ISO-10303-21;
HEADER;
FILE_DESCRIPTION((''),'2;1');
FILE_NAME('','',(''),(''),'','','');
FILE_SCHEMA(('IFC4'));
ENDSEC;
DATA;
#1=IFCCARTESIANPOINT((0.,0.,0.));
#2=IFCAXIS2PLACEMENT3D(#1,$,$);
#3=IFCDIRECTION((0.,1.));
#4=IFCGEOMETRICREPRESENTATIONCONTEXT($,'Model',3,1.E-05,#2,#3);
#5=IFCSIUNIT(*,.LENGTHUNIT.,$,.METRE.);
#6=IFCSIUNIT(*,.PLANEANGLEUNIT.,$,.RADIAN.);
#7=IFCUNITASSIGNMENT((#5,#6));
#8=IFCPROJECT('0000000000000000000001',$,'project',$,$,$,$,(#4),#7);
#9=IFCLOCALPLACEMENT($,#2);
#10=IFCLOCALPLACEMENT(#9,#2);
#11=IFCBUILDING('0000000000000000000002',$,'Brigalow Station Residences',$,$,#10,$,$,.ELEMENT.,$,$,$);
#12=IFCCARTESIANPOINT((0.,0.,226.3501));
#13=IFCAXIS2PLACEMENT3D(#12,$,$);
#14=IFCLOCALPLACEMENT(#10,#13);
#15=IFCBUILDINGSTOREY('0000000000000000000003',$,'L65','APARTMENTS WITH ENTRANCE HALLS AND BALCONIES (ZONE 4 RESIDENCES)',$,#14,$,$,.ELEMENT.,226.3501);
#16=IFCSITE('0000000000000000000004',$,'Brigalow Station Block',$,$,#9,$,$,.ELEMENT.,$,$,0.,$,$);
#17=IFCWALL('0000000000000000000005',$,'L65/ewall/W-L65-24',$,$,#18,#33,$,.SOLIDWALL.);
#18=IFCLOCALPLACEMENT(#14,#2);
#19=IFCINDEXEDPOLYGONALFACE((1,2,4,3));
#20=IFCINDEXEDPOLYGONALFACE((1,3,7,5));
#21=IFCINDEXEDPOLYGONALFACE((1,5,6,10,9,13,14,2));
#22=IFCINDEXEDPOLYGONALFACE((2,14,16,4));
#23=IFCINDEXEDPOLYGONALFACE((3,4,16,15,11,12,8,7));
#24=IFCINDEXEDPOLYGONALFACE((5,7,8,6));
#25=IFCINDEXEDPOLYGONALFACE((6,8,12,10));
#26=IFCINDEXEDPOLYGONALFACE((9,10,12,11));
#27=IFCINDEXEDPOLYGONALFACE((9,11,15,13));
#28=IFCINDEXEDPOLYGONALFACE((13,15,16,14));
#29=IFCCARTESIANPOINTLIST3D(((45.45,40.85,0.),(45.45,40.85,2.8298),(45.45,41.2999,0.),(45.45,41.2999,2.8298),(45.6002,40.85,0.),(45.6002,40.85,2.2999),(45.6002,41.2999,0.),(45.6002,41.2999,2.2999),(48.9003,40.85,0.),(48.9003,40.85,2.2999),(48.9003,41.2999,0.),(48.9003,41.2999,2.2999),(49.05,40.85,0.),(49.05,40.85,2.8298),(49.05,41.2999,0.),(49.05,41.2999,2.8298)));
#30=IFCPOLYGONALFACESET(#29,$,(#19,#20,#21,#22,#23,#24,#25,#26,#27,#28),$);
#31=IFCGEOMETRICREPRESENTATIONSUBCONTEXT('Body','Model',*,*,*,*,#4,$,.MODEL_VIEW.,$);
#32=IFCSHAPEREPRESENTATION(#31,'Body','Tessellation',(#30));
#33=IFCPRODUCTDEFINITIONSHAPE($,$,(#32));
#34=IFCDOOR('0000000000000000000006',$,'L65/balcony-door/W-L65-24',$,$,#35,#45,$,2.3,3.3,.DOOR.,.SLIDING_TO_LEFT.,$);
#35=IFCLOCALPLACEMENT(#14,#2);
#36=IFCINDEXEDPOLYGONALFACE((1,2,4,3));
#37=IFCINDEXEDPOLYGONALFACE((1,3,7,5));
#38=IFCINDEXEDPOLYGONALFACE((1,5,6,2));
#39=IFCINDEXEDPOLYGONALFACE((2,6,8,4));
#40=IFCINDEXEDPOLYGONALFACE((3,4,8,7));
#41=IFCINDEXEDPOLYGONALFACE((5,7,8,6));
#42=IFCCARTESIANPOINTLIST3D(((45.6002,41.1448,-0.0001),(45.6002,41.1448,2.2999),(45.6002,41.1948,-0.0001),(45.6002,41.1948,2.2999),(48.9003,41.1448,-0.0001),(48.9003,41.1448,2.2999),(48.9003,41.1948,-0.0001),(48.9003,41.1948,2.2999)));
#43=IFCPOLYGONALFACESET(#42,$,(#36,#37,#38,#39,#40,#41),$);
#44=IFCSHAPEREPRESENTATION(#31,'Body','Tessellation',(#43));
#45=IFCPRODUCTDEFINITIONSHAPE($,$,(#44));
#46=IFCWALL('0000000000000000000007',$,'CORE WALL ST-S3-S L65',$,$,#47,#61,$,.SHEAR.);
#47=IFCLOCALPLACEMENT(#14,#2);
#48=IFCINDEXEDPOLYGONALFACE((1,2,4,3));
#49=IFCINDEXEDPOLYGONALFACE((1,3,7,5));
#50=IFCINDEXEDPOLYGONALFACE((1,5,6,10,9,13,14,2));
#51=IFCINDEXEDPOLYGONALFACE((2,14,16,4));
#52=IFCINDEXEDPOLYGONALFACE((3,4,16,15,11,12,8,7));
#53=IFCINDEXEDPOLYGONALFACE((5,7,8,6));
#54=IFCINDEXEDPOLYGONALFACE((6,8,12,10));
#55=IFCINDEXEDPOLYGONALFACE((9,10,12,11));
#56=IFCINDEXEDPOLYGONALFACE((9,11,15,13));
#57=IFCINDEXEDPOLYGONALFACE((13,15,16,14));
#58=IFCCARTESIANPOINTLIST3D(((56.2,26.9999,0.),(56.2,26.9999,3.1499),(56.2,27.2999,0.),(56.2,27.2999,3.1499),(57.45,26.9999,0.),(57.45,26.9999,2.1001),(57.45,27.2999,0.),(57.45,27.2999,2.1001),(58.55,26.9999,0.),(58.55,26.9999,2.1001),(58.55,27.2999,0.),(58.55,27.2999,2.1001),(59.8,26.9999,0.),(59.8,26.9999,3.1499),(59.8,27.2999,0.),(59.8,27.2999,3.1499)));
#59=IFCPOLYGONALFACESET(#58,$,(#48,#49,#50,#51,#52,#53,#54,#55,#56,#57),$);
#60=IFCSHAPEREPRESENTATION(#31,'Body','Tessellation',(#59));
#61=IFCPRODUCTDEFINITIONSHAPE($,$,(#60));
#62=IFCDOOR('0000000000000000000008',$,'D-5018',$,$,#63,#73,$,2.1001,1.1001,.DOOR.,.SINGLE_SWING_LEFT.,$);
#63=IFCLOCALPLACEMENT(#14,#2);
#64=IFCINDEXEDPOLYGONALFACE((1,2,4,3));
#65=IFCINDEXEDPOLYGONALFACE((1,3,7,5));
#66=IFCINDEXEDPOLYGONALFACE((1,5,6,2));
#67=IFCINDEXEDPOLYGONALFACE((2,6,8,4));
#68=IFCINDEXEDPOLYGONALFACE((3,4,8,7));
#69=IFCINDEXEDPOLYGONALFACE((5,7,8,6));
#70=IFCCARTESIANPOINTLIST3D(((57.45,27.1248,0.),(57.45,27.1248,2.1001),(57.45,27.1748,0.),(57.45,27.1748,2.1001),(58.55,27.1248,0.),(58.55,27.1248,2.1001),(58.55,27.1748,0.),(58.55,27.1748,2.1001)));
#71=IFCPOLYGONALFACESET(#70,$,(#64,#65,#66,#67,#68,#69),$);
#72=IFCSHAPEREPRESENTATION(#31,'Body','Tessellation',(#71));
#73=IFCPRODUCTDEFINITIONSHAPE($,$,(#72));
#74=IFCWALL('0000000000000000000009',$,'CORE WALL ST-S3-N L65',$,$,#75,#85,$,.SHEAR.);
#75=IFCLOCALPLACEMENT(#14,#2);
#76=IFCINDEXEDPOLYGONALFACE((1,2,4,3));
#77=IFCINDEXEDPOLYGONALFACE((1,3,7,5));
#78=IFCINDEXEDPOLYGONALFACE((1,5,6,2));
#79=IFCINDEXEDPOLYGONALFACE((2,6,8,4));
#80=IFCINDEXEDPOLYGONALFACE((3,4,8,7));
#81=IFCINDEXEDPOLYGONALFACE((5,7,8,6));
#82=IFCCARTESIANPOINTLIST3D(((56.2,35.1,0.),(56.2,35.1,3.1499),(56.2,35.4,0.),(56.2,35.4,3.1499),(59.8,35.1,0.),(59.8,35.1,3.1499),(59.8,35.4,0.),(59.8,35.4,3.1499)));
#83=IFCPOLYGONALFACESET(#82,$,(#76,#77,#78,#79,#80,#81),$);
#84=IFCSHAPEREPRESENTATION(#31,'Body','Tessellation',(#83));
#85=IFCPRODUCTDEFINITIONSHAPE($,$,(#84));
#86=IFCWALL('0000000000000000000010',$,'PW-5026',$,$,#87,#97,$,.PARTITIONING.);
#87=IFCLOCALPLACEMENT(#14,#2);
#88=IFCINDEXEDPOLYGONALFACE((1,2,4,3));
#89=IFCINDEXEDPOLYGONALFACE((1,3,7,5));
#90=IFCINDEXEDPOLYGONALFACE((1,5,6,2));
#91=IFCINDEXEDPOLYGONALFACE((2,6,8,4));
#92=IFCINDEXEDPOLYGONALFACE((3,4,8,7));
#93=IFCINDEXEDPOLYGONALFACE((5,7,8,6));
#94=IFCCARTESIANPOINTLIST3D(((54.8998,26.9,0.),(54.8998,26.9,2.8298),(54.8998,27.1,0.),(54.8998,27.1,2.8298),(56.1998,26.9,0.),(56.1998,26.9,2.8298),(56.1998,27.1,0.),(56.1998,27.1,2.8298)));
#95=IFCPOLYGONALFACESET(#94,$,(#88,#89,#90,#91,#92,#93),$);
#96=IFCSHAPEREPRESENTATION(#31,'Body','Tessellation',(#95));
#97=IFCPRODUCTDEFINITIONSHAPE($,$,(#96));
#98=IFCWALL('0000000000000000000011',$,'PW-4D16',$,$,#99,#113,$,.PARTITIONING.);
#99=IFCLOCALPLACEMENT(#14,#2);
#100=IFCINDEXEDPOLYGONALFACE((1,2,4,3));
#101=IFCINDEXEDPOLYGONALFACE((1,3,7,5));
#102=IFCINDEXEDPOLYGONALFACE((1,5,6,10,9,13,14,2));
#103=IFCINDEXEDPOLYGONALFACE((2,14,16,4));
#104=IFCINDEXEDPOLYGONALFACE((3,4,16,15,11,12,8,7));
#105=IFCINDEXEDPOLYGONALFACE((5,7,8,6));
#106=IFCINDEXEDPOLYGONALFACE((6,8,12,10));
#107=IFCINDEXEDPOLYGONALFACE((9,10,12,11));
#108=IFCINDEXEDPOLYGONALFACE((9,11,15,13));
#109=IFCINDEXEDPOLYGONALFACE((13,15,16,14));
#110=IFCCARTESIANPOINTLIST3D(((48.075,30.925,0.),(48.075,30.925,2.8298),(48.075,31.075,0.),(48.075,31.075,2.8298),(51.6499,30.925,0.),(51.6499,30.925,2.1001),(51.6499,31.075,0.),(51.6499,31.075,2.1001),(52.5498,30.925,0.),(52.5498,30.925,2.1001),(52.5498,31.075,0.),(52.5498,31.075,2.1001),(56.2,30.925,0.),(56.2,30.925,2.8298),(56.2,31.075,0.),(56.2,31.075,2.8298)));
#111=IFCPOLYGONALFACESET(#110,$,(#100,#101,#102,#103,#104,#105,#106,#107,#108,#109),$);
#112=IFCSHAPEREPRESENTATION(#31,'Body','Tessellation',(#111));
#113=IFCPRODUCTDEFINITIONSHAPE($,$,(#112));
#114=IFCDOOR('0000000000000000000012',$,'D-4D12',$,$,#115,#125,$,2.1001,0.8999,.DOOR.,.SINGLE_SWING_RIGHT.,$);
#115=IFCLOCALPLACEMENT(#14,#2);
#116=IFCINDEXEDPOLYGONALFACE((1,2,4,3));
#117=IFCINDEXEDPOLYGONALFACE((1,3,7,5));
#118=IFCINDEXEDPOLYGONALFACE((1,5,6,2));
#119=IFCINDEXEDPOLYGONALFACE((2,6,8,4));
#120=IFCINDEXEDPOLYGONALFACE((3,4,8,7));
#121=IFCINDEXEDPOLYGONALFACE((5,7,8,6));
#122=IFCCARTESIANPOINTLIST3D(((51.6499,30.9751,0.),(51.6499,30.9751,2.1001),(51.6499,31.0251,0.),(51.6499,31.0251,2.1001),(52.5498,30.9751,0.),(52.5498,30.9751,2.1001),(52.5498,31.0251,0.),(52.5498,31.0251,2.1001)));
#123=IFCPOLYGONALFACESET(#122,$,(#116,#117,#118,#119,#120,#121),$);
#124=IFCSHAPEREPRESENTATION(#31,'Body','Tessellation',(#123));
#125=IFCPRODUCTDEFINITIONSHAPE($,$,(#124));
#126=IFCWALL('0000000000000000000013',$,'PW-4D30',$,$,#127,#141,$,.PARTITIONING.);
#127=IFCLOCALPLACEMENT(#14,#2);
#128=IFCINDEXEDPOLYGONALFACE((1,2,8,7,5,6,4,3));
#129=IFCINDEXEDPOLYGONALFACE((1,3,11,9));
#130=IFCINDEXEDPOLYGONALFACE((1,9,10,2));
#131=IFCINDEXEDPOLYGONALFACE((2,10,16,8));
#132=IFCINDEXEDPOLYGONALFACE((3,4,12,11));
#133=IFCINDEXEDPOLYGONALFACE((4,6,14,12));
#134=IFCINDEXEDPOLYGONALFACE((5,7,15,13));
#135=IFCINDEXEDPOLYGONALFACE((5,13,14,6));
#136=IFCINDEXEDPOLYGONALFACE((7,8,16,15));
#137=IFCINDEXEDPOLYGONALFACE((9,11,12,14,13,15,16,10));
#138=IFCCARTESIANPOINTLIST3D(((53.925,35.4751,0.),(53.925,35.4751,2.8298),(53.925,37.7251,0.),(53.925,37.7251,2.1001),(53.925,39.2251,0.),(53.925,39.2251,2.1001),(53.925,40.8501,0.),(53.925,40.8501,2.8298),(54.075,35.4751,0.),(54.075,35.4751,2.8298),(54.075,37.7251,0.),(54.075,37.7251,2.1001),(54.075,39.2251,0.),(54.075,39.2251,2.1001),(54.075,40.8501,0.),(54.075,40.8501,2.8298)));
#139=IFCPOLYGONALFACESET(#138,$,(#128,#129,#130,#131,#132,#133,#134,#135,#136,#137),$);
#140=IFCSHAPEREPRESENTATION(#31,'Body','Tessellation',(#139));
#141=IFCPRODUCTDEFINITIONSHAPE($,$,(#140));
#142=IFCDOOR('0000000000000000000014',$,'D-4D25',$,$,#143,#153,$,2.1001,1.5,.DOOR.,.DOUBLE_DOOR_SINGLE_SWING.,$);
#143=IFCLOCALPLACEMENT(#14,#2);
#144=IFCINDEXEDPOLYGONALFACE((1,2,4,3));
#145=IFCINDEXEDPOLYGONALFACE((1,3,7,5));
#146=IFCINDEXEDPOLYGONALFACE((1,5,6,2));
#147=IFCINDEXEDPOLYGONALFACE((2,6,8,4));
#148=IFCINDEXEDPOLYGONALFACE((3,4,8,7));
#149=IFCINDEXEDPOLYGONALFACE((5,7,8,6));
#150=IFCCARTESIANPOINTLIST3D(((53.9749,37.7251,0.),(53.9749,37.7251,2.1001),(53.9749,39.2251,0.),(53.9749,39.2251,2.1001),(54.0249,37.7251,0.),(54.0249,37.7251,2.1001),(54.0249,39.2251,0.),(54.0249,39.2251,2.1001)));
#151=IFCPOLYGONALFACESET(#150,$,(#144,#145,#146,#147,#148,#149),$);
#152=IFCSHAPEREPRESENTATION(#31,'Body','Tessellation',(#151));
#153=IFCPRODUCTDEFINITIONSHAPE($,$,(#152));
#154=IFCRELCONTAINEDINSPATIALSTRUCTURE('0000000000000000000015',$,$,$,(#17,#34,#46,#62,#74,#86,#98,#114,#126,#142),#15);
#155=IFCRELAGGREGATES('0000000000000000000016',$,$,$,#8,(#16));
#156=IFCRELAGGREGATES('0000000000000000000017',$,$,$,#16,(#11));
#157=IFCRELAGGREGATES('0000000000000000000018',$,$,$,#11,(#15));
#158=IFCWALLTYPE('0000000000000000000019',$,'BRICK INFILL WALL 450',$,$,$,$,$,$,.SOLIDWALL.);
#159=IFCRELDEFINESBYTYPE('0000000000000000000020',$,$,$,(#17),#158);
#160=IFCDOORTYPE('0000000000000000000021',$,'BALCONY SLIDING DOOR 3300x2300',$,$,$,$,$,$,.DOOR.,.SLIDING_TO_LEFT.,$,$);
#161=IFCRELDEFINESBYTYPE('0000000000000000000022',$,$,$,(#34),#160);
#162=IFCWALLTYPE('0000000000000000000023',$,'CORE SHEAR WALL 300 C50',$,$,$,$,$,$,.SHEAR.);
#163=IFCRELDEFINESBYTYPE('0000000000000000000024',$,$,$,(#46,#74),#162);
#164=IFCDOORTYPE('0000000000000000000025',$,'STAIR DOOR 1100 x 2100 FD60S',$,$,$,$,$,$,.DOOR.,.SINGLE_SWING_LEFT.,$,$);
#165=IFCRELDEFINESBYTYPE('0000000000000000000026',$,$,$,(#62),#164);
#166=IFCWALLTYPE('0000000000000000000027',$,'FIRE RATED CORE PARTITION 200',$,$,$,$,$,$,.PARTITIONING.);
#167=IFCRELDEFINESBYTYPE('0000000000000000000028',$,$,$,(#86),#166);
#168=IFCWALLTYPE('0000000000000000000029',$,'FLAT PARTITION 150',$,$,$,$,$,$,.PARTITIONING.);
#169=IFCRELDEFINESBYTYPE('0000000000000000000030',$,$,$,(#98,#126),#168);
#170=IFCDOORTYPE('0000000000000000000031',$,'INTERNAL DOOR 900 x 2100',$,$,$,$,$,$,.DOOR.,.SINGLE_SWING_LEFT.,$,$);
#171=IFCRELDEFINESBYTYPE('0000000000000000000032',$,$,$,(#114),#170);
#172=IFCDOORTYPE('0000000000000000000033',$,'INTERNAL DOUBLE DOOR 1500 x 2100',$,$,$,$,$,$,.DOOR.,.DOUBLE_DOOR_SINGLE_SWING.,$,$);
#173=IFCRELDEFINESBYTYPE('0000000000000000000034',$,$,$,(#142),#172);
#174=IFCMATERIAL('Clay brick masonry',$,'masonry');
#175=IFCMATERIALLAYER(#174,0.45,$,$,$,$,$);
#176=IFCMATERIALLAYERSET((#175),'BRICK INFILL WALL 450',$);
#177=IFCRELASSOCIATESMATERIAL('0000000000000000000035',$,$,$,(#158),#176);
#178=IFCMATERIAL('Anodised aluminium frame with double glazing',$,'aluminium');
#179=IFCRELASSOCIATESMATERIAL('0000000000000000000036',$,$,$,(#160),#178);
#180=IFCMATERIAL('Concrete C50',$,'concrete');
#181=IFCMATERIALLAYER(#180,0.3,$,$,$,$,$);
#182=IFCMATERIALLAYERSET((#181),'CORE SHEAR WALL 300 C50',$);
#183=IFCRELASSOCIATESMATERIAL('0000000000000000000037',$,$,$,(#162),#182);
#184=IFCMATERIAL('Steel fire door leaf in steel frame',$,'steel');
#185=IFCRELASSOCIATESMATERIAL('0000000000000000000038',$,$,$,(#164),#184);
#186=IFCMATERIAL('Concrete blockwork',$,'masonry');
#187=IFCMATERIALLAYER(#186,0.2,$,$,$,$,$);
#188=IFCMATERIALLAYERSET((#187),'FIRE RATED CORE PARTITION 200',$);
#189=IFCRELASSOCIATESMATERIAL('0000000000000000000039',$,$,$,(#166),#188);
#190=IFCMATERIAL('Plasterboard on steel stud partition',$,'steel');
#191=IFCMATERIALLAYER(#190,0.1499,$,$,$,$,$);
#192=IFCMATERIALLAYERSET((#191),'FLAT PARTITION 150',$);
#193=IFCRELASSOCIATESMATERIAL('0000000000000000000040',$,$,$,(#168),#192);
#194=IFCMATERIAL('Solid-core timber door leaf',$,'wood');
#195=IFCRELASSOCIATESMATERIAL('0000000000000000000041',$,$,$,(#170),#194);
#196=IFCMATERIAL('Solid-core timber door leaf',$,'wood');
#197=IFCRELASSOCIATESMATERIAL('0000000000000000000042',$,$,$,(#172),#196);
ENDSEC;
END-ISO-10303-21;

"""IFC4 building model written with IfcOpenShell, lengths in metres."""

from ifc_helpers import new_model, si_unit, direction, frame, frame_2d, origin, place, context, subcontext, project, spatial, rectangle, extrude, material, layer, layer_set, type_object, element, fill, save


model = new_model("IFC4")

# Units and contexts
model_context = context("Model", 3, precision=1e-05, world=origin(), true_north=direction((0.0, 1.0)))
body_context = subcontext(model_context, "Body", "Model", "MODEL_VIEW")
ifc_project = project(units=[si_unit("LENGTHUNIT", "METRE"), si_unit("PLANEANGLEUNIT", "RADIAN")], contexts=[model_context])

# Site, building, storey
site_placement = place(None, origin())
site = spatial("IfcSite", under=ifc_project, at=site_placement, Name="Brigalow Station Block", CompositionType="ELEMENT", RefElevation=0.0)
building_placement = place(site_placement, origin())
building = spatial("IfcBuilding", under=site, at=building_placement, Name="Brigalow Station Residences", CompositionType="ELEMENT")
storey_placement = place(building_placement, frame((0.0, 0.0, 226.3501)))
storey = spatial("IfcBuildingStorey", under=building, at=storey_placement, Name="L65", Description="APARTMENTS WITH ENTRANCE HALLS AND BALCONIES (ZONE 4 RESIDENCES)", CompositionType="ELEMENT", Elevation=226.3501)

# Walls, openings, doors
ifc_material_1 = material(Name="Clay brick masonry", Category="masonry")
ifc_layer_1 = layer(ifc_material_1, 0.45)
ifc_layer_set_1 = layer_set([ifc_layer_1], Name="BRICK INFILL WALL 450")
wall_type_1 = type_object("IfcWallType", Name="BRICK INFILL WALL 450", PredefinedType="SOLIDWALL", material=ifc_layer_set_1)
ifc_material_2 = material(Name="Anodised aluminium frame with double glazing", Category="aluminium")
door_type_1 = type_object("IfcDoorType", Name="BALCONY SLIDING DOOR 3300x2300", OperationType="SLIDING_TO_LEFT", PredefinedType="DOOR", material=ifc_material_2)
wall_1_placement = place(storey_placement, frame((49.05, 41.075, 0.0), z_axis=(0.0, 0.0, 1.0), x_axis=(-1.0, 0.0, 0.0)))
wall_1 = element("IfcWall", 1, at=wall_1_placement, inside=storey, type_object=wall_type_1, Name="L65/ewall/W-L65-24", PredefinedType="SOLIDWALL", context=body_context, shape_type="SweptSolid", body=[
    extrude(rectangle(XDim=3.6001, YDim=0.45, at=frame_2d((1.8, 0.0))), origin(), (0.0, 0.0, 1.0), 2.8298),
])
opening_1_placement = place(wall_1_placement, frame((0.1499, 0.0, 0.0)))
opening_1 = element("IfcOpeningElement", 2, at=opening_1_placement, cuts=wall_1, PredefinedType="OPENING", context=body_context, shape_type="SweptSolid", body=[
    extrude(rectangle(XDim=3.3, YDim=2.3, at=frame_2d((1.6499, 1.1499))), frame((0.0, 0.2349, 0.0), z_axis=(0.0, -1.0, 0.0), x_axis=(1.0, 0.0, 0.0)), (0.0, 0.0, 1.0), 0.47),
])
door_1_placement = place(opening_1_placement, origin())
door_1 = element("IfcDoor", 3, at=door_1_placement, inside=storey, type_object=door_type_1, Name="L65/balcony-door/W-L65-24", OperationType="SLIDING_TO_LEFT", OverallHeight=2.3, OverallWidth=3.3, PredefinedType="DOOR", context=body_context, shape_type="SweptSolid", body=[
    extrude(rectangle(XDim=3.3, YDim=2.3, at=frame_2d((1.6499, 1.1499))), frame((0.0, -0.0698, 0.0), z_axis=(0.0, -1.0, 0.0), x_axis=(1.0, 0.0, 0.0)), (0.0, 0.0, 1.0), 0.05),
])
fill(opening_1, door_1)
ifc_material_3 = material(Name="Concrete C50", Category="concrete")
ifc_layer_2 = layer(ifc_material_3, 0.3)
ifc_layer_set_2 = layer_set([ifc_layer_2], Name="CORE SHEAR WALL 300 C50")
wall_type_2 = type_object("IfcWallType", Name="CORE SHEAR WALL 300 C50", PredefinedType="SHEAR", material=ifc_layer_set_2)
wall_2_placement = place(storey_placement, frame((56.2, 27.1499, 0.0), z_axis=(0.0, 0.0, 1.0), x_axis=(1.0, 0.0, 0.0)))
wall_2 = element("IfcWall", 4, at=wall_2_placement, inside=storey, type_object=wall_type_2, Name="CORE WALL ST-S3-S L65", PredefinedType="SHEAR", context=body_context, shape_type="SweptSolid", body=[
    extrude(rectangle(XDim=3.6001, YDim=0.3, at=frame_2d((1.8, 0.0))), origin(), (0.0, 0.0, 1.0), 3.1499),
])
opening_2_placement = place(wall_2_placement, frame((1.25, 0.0, 0.0)))
opening_2 = element("IfcOpeningElement", 5, at=opening_2_placement, cuts=wall_2, PredefinedType="OPENING", context=body_context, shape_type="SweptSolid", body=[
    extrude(rectangle(XDim=1.1001, YDim=2.1001, at=frame_2d((0.55, 1.05))), frame((0.0, 0.1602, 0.0), z_axis=(0.0, -1.0, 0.0), x_axis=(1.0, 0.0, 0.0)), (0.0, 0.0, 1.0), 0.3201),
])
ifc_material_4 = material(Name="Steel fire door leaf in steel frame", Category="steel")
door_type_2 = type_object("IfcDoorType", Name="STAIR DOOR 1100 x 2100 FD60S", OperationType="SINGLE_SWING_LEFT", PredefinedType="DOOR", material=ifc_material_4)
door_2_placement = place(opening_2_placement, origin())
door_2 = element("IfcDoor", 6, at=door_2_placement, inside=storey, type_object=door_type_2, Name="D-5018", OperationType="SINGLE_SWING_LEFT", OverallHeight=2.1001, OverallWidth=1.1001, PredefinedType="DOOR", context=body_context, shape_type="SweptSolid", body=[
    extrude(rectangle(XDim=1.1001, YDim=2.1001, at=frame_2d((0.55, 1.05))), frame((0.0, 0.0249, 0.0), z_axis=(0.0, -1.0, 0.0), x_axis=(1.0, 0.0, 0.0)), (0.0, 0.0, 1.0), 0.05),
])
fill(opening_2, door_2)

# Walls
wall_3_placement = place(storey_placement, frame((56.2, 35.25, 0.0), z_axis=(0.0, 0.0, 1.0), x_axis=(1.0, 0.0, 0.0)))
element("IfcWall", 7, at=wall_3_placement, inside=storey, type_object=wall_type_2, Name="CORE WALL ST-S3-N L65", PredefinedType="SHEAR", context=body_context, shape_type="SweptSolid", body=[
    extrude(rectangle(XDim=3.6001, YDim=0.3, at=frame_2d((1.8, 0.0))), origin(), (0.0, 0.0, 1.0), 3.1499),
])
ifc_material_5 = material(Name="Concrete blockwork", Category="masonry")
ifc_layer_3 = layer(ifc_material_5, 0.2)
ifc_layer_set_3 = layer_set([ifc_layer_3], Name="FIRE RATED CORE PARTITION 200")
wall_type_3 = type_object("IfcWallType", Name="FIRE RATED CORE PARTITION 200", PredefinedType="PARTITIONING", material=ifc_layer_set_3)
wall_4_placement = place(storey_placement, frame((54.8999, 27.0, 0.0), z_axis=(0.0, 0.0, 1.0), x_axis=(1.0, 0.0, 0.0)))
element("IfcWall", 8, at=wall_4_placement, inside=storey, type_object=wall_type_3, Name="PW-5026", PredefinedType="PARTITIONING", context=body_context, shape_type="SweptSolid", body=[
    extrude(rectangle(XDim=1.3, YDim=0.2, at=frame_2d((0.6499, 0.0))), origin(), (0.0, 0.0, 1.0), 2.8298),
])

# Walls, openings, doors
ifc_material_6 = material(Name="Plasterboard on steel stud partition", Category="steel")
ifc_layer_4 = layer(ifc_material_6, 0.1499)
ifc_layer_set_4 = layer_set([ifc_layer_4], Name="FLAT PARTITION 150")
wall_type_4 = type_object("IfcWallType", Name="FLAT PARTITION 150", PredefinedType="PARTITIONING", material=ifc_layer_set_4)
wall_5_placement = place(storey_placement, frame((48.075, 31.0, 0.0), z_axis=(0.0, 0.0, 1.0), x_axis=(1.0, 0.0, 0.0)))
wall_5 = element("IfcWall", 9, at=wall_5_placement, inside=storey, type_object=wall_type_4, Name="PW-4D16", PredefinedType="PARTITIONING", context=body_context, shape_type="SweptSolid", body=[
    extrude(rectangle(XDim=8.125, YDim=0.1499, at=frame_2d((4.0625, 0.0))), origin(), (0.0, 0.0, 1.0), 2.8298),
])
opening_3_placement = place(wall_5_placement, frame((3.575, 0.0, 0.0)))
opening_3 = element("IfcOpeningElement", 10, at=opening_3_placement, cuts=wall_5, PredefinedType="OPENING", context=body_context, shape_type="SweptSolid", body=[
    extrude(rectangle(XDim=0.8999, YDim=2.1001, at=frame_2d((0.45, 1.05))), frame((0.0, 0.085, 0.0), z_axis=(0.0, -1.0, 0.0), x_axis=(1.0, 0.0, 0.0)), (0.0, 0.0, 1.0), 0.1699),
])
ifc_material_7 = material(Name="Solid-core timber door leaf", Category="wood")
door_type_3 = type_object("IfcDoorType", Name="INTERNAL DOOR 900 x 2100", OperationType="SINGLE_SWING_LEFT", PredefinedType="DOOR", material=ifc_material_7)
door_3_placement = place(opening_3_placement, frame((0.8999, 0.0, 0.0), z_axis=(0.0, 0.0, 1.0), x_axis=(-1.0, 0.0, 0.0)))
door_3 = element("IfcDoor", 11, at=door_3_placement, inside=storey, type_object=door_type_3, Name="D-4D12", OperationType="SINGLE_SWING_RIGHT", OverallHeight=2.1001, OverallWidth=0.8999, PredefinedType="DOOR", context=body_context, shape_type="SweptSolid", body=[
    extrude(rectangle(XDim=0.8999, YDim=2.1001, at=frame_2d((0.45, 1.05))), frame((0.0, 0.0249, 0.0), z_axis=(0.0, -1.0, 0.0), x_axis=(1.0, 0.0, 0.0)), (0.0, 0.0, 1.0), 0.05),
])
fill(opening_3, door_3)
wall_6_placement = place(storey_placement, frame((54.0, 35.4751, 0.0), z_axis=(0.0, 0.0, 1.0), x_axis=(0.0, 1.0, 0.0)))
wall_6 = element("IfcWall", 12, at=wall_6_placement, inside=storey, type_object=wall_type_4, Name="PW-4D30", PredefinedType="PARTITIONING", context=body_context, shape_type="SweptSolid", body=[
    extrude(rectangle(XDim=5.375, YDim=0.1499, at=frame_2d((2.6875, 0.0))), origin(), (0.0, 0.0, 1.0), 2.8298),
])
opening_4_placement = place(wall_6_placement, frame((2.25, 0.0, 0.0)))
opening_4 = element("IfcOpeningElement", 13, at=opening_4_placement, cuts=wall_6, PredefinedType="OPENING", context=body_context, shape_type="SweptSolid", body=[
    extrude(rectangle(XDim=1.5, YDim=2.1001, at=frame_2d((0.75, 1.05))), frame((0.0, 0.085, 0.0), z_axis=(0.0, -1.0, 0.0), x_axis=(1.0, 0.0, 0.0)), (0.0, 0.0, 1.0), 0.1699),
])
ifc_material_8 = material(Name="Solid-core timber door leaf", Category="wood")
door_type_4 = type_object("IfcDoorType", Name="INTERNAL DOUBLE DOOR 1500 x 2100", OperationType="DOUBLE_DOOR_SINGLE_SWING", PredefinedType="DOOR", material=ifc_material_8)
door_4_placement = place(opening_4_placement, frame((1.5, 0.0, 0.0), z_axis=(0.0, 0.0, 1.0), x_axis=(-1.0, 0.0, 0.0)))
door_4 = element("IfcDoor", 14, at=door_4_placement, inside=storey, type_object=door_type_4, Name="D-4D25", OperationType="DOUBLE_DOOR_SINGLE_SWING", OverallHeight=2.1001, OverallWidth=1.5, PredefinedType="DOOR", context=body_context, shape_type="SweptSolid", body=[
    extrude(rectangle(XDim=1.5, YDim=2.1001, at=frame_2d((0.75, 1.05))), frame((0.0, 0.0249, 0.0), z_axis=(0.0, -1.0, 0.0), x_axis=(1.0, 0.0, 0.0)), (0.0, 0.0, 1.0), 0.05),
])
fill(opening_4, door_4)

save(model, "model.ifc")
